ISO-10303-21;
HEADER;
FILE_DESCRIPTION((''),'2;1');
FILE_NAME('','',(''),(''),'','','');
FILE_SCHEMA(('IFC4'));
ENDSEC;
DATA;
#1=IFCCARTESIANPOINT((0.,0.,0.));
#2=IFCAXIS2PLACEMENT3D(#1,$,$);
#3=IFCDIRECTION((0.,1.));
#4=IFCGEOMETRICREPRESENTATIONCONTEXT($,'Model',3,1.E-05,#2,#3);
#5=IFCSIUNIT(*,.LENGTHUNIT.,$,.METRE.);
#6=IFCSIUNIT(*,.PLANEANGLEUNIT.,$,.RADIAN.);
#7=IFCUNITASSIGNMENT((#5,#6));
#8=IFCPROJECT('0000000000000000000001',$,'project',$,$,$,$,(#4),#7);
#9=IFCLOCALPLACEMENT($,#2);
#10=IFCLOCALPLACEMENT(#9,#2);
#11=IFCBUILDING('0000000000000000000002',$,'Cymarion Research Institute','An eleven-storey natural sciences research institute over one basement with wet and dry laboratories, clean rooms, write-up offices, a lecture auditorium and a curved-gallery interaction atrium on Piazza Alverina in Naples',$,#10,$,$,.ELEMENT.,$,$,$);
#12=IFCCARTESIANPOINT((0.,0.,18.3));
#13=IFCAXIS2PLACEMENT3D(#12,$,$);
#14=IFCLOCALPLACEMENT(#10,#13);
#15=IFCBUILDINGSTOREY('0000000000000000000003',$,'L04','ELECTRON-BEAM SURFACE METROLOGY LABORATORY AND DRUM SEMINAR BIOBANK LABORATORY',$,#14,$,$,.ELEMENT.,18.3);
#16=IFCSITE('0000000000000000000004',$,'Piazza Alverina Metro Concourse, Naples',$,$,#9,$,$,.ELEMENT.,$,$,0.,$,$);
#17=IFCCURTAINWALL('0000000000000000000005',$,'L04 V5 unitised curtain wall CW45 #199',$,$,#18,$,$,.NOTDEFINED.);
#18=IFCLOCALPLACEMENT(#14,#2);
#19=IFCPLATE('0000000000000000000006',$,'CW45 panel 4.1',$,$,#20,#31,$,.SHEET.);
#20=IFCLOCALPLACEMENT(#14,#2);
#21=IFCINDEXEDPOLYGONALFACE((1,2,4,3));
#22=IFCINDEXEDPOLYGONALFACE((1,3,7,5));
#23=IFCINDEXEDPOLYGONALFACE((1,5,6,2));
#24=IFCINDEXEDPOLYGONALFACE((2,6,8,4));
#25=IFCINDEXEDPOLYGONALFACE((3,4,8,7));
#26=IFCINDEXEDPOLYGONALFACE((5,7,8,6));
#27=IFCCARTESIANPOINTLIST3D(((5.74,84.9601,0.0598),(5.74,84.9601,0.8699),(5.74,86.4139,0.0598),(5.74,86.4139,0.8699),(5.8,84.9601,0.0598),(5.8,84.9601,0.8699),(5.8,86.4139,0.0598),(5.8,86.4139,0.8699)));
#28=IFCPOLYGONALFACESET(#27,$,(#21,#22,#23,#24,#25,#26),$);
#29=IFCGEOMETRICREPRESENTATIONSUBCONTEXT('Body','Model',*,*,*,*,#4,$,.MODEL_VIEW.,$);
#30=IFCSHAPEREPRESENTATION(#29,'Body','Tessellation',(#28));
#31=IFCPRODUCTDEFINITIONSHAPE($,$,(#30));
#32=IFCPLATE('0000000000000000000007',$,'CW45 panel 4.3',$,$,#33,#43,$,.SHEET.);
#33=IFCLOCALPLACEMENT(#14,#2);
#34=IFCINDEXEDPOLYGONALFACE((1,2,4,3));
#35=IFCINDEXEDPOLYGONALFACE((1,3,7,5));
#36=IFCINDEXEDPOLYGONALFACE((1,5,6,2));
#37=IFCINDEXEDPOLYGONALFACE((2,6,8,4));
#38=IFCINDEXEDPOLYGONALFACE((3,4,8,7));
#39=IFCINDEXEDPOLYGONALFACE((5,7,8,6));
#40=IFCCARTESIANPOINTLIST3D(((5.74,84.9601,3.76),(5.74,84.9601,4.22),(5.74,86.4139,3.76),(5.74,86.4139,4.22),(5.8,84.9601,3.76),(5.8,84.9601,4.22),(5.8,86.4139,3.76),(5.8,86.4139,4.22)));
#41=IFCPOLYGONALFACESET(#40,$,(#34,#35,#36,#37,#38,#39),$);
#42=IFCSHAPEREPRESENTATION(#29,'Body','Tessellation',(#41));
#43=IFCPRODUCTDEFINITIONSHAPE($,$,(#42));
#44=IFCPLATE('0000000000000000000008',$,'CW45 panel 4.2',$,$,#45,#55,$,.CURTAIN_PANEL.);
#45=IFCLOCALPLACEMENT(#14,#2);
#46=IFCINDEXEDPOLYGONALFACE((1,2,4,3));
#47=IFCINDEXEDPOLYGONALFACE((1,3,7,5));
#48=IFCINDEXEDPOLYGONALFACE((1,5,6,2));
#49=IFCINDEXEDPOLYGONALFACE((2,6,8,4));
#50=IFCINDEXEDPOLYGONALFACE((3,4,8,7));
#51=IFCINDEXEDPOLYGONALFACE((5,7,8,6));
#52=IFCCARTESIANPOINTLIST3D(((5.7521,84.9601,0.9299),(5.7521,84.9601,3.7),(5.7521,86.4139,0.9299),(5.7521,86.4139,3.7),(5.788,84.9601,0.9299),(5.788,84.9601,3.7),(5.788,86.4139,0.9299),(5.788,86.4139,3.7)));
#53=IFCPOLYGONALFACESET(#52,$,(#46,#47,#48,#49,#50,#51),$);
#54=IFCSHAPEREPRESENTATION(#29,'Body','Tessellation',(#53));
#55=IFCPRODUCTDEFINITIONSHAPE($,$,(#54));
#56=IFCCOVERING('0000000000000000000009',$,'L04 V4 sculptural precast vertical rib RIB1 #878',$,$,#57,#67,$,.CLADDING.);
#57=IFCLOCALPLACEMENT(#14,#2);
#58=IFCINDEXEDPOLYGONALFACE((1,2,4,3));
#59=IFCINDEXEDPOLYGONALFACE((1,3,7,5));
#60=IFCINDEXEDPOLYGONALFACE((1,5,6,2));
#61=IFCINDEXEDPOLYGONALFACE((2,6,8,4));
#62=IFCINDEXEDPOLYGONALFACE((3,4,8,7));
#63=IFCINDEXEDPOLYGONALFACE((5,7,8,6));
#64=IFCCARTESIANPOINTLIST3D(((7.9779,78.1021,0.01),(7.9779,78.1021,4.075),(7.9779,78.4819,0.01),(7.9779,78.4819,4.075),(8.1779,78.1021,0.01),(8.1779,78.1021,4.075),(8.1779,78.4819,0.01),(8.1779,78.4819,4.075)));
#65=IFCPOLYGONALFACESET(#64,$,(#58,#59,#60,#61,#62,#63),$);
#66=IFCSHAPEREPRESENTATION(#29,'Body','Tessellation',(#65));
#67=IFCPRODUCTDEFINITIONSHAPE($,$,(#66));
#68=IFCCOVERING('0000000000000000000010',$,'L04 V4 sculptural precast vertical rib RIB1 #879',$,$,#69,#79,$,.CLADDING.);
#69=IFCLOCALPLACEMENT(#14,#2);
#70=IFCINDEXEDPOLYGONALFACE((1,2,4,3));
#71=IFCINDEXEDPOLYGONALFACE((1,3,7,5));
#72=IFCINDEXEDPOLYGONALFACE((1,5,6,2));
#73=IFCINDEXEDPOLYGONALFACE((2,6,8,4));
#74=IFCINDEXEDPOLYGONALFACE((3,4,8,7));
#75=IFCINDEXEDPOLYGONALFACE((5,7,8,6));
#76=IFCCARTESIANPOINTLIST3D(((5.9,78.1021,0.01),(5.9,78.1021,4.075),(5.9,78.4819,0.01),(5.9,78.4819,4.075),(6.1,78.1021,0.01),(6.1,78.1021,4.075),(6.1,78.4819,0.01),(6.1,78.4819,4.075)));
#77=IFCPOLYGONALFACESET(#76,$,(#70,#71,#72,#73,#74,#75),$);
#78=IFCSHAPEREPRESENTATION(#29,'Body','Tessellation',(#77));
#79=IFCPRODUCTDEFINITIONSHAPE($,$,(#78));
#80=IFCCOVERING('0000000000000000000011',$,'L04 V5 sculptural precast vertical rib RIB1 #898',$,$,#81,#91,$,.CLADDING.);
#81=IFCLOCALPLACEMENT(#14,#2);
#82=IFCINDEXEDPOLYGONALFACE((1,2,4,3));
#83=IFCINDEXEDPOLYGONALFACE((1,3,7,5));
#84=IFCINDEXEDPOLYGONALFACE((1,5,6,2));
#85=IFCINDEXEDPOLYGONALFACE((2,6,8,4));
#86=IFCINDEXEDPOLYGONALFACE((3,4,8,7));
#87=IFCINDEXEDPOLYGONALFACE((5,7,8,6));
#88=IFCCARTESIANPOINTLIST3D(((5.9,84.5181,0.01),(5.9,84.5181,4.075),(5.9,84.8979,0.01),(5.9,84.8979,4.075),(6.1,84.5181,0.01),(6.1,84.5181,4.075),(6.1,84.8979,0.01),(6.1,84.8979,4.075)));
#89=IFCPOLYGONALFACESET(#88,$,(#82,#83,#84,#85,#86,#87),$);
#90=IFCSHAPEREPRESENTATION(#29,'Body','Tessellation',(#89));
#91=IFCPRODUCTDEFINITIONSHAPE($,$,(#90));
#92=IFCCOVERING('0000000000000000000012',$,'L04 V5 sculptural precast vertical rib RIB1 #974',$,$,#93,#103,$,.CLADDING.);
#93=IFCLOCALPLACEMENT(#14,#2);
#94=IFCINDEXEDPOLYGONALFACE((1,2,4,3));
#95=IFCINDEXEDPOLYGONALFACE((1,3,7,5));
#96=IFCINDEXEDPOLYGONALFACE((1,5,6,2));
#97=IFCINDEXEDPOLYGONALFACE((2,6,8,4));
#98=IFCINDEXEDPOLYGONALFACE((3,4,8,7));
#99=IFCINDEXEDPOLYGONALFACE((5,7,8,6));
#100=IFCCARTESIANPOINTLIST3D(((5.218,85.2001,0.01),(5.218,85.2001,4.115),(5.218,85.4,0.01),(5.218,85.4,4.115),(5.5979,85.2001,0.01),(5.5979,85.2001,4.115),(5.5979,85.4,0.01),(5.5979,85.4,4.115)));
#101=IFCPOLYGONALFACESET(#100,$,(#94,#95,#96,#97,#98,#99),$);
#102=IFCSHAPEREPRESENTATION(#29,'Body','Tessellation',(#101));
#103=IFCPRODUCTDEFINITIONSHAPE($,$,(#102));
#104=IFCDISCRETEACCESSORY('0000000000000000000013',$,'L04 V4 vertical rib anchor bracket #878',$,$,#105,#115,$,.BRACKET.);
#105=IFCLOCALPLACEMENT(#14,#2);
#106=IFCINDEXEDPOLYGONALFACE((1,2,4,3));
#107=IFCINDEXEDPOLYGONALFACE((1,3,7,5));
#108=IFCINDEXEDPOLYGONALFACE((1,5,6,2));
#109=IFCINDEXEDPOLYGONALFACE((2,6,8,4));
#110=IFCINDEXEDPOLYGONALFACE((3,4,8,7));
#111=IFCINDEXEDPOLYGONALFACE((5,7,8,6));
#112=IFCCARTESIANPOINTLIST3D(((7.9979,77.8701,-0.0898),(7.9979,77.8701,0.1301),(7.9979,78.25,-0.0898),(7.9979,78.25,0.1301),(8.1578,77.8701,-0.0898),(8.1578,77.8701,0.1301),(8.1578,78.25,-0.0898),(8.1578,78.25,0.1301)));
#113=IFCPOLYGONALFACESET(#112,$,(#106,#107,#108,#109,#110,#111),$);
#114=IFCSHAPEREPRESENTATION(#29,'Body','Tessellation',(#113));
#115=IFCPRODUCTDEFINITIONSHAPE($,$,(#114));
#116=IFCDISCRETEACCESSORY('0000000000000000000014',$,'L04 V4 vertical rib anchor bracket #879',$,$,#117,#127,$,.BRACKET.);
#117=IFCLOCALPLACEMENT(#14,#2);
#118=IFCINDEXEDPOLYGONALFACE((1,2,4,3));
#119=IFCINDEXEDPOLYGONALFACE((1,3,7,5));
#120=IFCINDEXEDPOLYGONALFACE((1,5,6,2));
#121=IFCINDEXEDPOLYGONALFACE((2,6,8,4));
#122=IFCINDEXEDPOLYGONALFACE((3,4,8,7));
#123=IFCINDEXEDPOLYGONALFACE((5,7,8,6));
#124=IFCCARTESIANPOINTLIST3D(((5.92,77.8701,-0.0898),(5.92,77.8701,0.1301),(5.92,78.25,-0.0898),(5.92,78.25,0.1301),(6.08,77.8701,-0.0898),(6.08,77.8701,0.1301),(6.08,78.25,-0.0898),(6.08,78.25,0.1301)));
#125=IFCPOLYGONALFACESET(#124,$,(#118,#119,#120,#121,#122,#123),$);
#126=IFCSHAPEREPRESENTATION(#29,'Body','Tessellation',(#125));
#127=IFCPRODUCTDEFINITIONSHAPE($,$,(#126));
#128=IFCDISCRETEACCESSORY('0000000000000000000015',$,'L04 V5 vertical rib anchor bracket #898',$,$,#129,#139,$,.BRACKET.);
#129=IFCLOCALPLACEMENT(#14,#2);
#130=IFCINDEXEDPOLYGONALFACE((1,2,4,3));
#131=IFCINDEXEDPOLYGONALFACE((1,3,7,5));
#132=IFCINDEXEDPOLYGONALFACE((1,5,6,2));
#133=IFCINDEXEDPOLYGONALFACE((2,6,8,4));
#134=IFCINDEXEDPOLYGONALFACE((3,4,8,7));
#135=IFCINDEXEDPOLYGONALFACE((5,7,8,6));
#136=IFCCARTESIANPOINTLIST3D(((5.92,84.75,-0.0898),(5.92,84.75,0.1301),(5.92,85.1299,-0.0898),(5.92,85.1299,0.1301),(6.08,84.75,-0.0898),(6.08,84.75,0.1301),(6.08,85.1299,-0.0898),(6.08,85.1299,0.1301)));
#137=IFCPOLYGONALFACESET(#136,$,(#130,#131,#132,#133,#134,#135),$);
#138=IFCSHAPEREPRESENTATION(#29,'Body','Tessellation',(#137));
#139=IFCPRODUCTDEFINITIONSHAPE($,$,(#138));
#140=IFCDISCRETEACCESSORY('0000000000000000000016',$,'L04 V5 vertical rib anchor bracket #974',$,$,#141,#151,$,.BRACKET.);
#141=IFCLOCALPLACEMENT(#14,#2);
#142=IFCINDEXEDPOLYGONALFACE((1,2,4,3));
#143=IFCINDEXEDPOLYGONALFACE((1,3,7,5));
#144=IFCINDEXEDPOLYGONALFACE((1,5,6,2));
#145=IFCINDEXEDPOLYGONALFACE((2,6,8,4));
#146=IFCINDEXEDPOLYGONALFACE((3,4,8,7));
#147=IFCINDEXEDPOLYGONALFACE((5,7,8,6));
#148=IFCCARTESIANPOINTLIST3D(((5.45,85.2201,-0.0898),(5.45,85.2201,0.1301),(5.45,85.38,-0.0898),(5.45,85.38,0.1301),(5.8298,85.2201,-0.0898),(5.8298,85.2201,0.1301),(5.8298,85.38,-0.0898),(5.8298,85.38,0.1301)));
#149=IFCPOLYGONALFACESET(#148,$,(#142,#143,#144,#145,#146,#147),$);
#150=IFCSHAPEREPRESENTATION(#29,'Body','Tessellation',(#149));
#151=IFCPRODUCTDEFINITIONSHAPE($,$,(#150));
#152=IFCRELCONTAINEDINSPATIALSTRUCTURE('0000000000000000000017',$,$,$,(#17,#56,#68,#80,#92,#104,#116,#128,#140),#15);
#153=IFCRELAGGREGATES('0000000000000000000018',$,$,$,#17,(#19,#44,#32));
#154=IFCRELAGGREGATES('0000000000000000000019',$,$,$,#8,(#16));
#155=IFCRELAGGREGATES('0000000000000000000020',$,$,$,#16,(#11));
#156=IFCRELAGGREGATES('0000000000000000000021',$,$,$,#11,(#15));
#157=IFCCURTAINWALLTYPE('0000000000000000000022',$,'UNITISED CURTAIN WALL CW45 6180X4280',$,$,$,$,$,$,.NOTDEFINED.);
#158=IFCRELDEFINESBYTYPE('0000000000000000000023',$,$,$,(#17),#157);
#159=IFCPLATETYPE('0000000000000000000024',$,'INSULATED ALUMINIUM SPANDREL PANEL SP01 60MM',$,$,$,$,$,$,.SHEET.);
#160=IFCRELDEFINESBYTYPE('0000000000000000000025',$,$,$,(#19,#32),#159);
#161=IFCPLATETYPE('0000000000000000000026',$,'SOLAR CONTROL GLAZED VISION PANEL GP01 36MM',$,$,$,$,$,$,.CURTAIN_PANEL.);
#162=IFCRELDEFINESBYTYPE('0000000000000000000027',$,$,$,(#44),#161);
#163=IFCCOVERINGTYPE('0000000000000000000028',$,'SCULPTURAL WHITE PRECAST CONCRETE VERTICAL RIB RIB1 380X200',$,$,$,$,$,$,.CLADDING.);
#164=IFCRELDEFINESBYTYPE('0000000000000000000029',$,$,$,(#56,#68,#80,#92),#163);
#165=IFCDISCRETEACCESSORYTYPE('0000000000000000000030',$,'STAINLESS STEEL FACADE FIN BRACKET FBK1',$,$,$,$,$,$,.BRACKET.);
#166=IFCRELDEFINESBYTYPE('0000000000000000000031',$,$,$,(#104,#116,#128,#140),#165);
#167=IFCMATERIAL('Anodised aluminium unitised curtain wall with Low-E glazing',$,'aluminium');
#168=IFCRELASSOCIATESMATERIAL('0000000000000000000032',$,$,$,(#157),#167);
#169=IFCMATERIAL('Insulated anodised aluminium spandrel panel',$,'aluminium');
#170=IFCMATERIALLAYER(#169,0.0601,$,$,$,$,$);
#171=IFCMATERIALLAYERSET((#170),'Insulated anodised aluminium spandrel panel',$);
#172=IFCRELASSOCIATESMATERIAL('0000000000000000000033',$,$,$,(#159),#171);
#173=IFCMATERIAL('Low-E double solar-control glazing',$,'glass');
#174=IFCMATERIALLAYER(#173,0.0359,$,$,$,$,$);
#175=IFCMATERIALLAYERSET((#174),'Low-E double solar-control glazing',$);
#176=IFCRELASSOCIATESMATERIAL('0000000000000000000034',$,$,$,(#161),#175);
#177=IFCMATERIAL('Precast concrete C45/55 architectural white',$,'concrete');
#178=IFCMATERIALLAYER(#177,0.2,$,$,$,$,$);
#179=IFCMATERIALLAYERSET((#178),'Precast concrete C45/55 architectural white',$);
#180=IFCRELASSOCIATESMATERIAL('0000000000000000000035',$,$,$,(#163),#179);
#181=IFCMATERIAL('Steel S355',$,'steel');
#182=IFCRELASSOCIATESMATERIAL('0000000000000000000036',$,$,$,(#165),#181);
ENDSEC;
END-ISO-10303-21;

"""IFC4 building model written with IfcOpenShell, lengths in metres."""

from ifc_helpers import new_model, si_unit, direction, frame, origin, origin_2d, place, context, subcontext, project, spatial, rectangle, extrude, material, layer, layer_set, type_object, element, aggregate, save


model = new_model("IFC4")

# Units and contexts
model_context = context("Model", 3, precision=1e-05, world=origin(), true_north=direction((0.0, 1.0)))
body_context = subcontext(model_context, "Body", "Model", "MODEL_VIEW")
ifc_project = project(units=[si_unit("LENGTHUNIT", "METRE"), si_unit("PLANEANGLEUNIT", "RADIAN")], contexts=[model_context])

# Site, building, storey
site_placement = place(None, origin())
site = spatial("IfcSite", under=ifc_project, at=site_placement, Name="Piazza Alverina Metro Concourse, Naples", CompositionType="ELEMENT", RefElevation=0.0)
building_placement = place(site_placement, origin())
building = spatial("IfcBuilding", under=site, at=building_placement, Name="Cymarion Research Institute", Description="An eleven-storey natural sciences research institute over one basement with wet and dry laboratories, clean rooms, write-up offices, a lecture auditorium and a curved-gallery interaction atrium on Piazza Alverina in Naples", CompositionType="ELEMENT")
storey_placement = place(building_placement, frame((0.0, 0.0, 18.3)))
storey = spatial("IfcBuildingStorey", under=building, at=storey_placement, Name="L04", Description="ELECTRON-BEAM SURFACE METROLOGY LABORATORY AND DRUM SEMINAR BIOBANK LABORATORY", CompositionType="ELEMENT", Elevation=18.3)

# Shared definitions
ifc_material_1 = material(Name="Steel S355", Category="steel")

# Curtain wall
ifc_material_2 = material(Name="Anodised aluminium unitised curtain wall with Low-E glazing", Category="aluminium")
curtain_wall_type = type_object("IfcCurtainWallType", Name="UNITISED CURTAIN WALL CW45 6180X4280", PredefinedType="NOTDEFINED", material=ifc_material_2)
curtain_wall_placement = place(storey_placement, origin())
curtain_wall = element("IfcCurtainWall", 1, at=curtain_wall_placement, inside=storey, type_object=curtain_wall_type, Name="L04 V5 unitised curtain wall CW45 #199", PredefinedType="NOTDEFINED")

# Plates
ifc_material_3 = material(Name="Insulated anodised aluminium spandrel panel", Category="aluminium")
ifc_layer_1 = layer(ifc_material_3, 0.0601)
ifc_layer_set_1 = layer_set([ifc_layer_1], Name="Insulated anodised aluminium spandrel panel")
plate_type_1 = type_object("IfcPlateType", Name="INSULATED ALUMINIUM SPANDREL PANEL SP01 60MM", PredefinedType="SHEET", material=ifc_layer_set_1)
plate_1_placement = place(storey_placement, frame((5.77, 85.687, 0.0598), z_axis=(0.0, 0.0, 1.0), x_axis=(0.0, -1.0, 0.0)))
plate_1 = element("IfcPlate", 2, at=plate_1_placement, type_object=plate_type_1, Name="CW45 panel 4.1", PredefinedType="SHEET", context=body_context, shape_type="SweptSolid", body=[
    extrude(rectangle(XDim=1.4539, YDim=0.0601, at=origin_2d()), origin(), (0.0, 0.0, 1.0), 0.8101),
])
plate_2_placement = place(storey_placement, frame((5.77, 85.687, 3.76), z_axis=(0.0, 0.0, 1.0), x_axis=(0.0, -1.0, 0.0)))
plate_2 = element("IfcPlate", 3, at=plate_2_placement, type_object=plate_type_1, Name="CW45 panel 4.3", PredefinedType="SHEET", context=body_context, shape_type="SweptSolid", body=[
    extrude(rectangle(XDim=1.4539, YDim=0.0601, at=origin_2d()), origin(), (0.0, 0.0, 1.0), 0.46),
])
ifc_material_4 = material(Name="Low-E double solar-control glazing", Category="glass")
ifc_layer_2 = layer(ifc_material_4, 0.0359)
ifc_layer_set_2 = layer_set([ifc_layer_2], Name="Low-E double solar-control glazing")
plate_type_2 = type_object("IfcPlateType", Name="SOLAR CONTROL GLAZED VISION PANEL GP01 36MM", PredefinedType="CURTAIN_PANEL", material=ifc_layer_set_2)
plate_3_placement = place(storey_placement, frame((5.77, 85.687, 0.9299), z_axis=(0.0, 0.0, 1.0), x_axis=(0.0, -1.0, 0.0)))
plate_3 = element("IfcPlate", 4, at=plate_3_placement, type_object=plate_type_2, Name="CW45 panel 4.2", PredefinedType="CURTAIN_PANEL", context=body_context, shape_type="SweptSolid", body=[
    extrude(rectangle(XDim=1.4539, YDim=0.0359, at=origin_2d()), origin(), (0.0, 0.0, 1.0), 2.77),
])
aggregate(curtain_wall, [plate_1, plate_3, plate_2])

# Coverings
ifc_material_5 = material(Name="Precast concrete C45/55 architectural white", Category="concrete")
ifc_layer_3 = layer(ifc_material_5, 0.2)
ifc_layer_set_3 = layer_set([ifc_layer_3], Name="Precast concrete C45/55 architectural white")
covering_type = type_object("IfcCoveringType", Name="SCULPTURAL WHITE PRECAST CONCRETE VERTICAL RIB RIB1 380X200", PredefinedType="CLADDING", material=ifc_layer_set_3)
for number, where, z_axis, x_axis, name in (
    (5, (8.0779, 78.292, 0.01), (0.0, 0.0, 1.0), (0.0, 1.0, 0.0), "L04 V4 sculptural precast vertical rib RIB1 #878"),
    (6, (6.0, 78.292, 0.01), (0.0, 0.0, 1.0), (0.0, 1.0, 0.0), "L04 V4 sculptural precast vertical rib RIB1 #879"),
    (7, (6.0, 84.708, 0.01), (0.0, 0.0, 1.0), (0.0, -1.0, 0.0), "L04 V5 sculptural precast vertical rib RIB1 #898"),
):
    element("IfcCovering", number, at=place(storey_placement, frame(where, z_axis=z_axis, x_axis=x_axis)), inside=storey, type_object=covering_type, Name=name, PredefinedType="CLADDING", context=body_context, shape_type="SweptSolid", body=[
        extrude(rectangle(XDim=0.3799, YDim=0.2, at=origin_2d()), origin(), (0.0, 0.0, 1.0), 4.0649),
    ])
covering_placement = place(storey_placement, frame((5.408, 85.3, 0.01), z_axis=(0.0, 0.0, 1.0), x_axis=(-1.0, 0.0, 0.0)))
element("IfcCovering", 8, at=covering_placement, inside=storey, type_object=covering_type, Name="L04 V5 sculptural precast vertical rib RIB1 #974", PredefinedType="CLADDING", context=body_context, shape_type="SweptSolid", body=[
    extrude(rectangle(XDim=0.3799, YDim=0.2, at=origin_2d()), origin(), (0.0, 0.0, 1.0), 4.105),
])

# Discrete accessories
discrete_accessory_type = type_object("IfcDiscreteAccessoryType", Name="STAINLESS STEEL FACADE FIN BRACKET FBK1", PredefinedType="BRACKET", material=ifc_material_1)
for number, where, z_axis, x_axis, name in (
    (9, (8.0779, 78.0601, -0.0898), (0.0, 0.0, 1.0), (0.0, 1.0, 0.0), "L04 V4 vertical rib anchor bracket #878"),
    (10, (6.0, 78.0601, -0.0898), (0.0, 0.0, 1.0), (0.0, 1.0, 0.0), "L04 V4 vertical rib anchor bracket #879"),
    (11, (6.0, 84.9399, -0.0898), (0.0, 0.0, 1.0), (0.0, -1.0, 0.0), "L04 V5 vertical rib anchor bracket #898"),
    (12, (5.6399, 85.3, -0.0898), (0.0, 0.0, 1.0), (-1.0, 0.0, 0.0), "L04 V5 vertical rib anchor bracket #974"),
):
    element("IfcDiscreteAccessory", number, at=place(storey_placement, frame(where, z_axis=z_axis, x_axis=x_axis)), inside=storey, type_object=discrete_accessory_type, Name=name, PredefinedType="BRACKET", context=body_context, shape_type="SweptSolid", body=[
        extrude(rectangle(XDim=0.3799, YDim=0.1599, at=origin_2d()), origin(), (0.0, 0.0, 1.0), 0.22),
    ])

save(model, "model.ifc")
